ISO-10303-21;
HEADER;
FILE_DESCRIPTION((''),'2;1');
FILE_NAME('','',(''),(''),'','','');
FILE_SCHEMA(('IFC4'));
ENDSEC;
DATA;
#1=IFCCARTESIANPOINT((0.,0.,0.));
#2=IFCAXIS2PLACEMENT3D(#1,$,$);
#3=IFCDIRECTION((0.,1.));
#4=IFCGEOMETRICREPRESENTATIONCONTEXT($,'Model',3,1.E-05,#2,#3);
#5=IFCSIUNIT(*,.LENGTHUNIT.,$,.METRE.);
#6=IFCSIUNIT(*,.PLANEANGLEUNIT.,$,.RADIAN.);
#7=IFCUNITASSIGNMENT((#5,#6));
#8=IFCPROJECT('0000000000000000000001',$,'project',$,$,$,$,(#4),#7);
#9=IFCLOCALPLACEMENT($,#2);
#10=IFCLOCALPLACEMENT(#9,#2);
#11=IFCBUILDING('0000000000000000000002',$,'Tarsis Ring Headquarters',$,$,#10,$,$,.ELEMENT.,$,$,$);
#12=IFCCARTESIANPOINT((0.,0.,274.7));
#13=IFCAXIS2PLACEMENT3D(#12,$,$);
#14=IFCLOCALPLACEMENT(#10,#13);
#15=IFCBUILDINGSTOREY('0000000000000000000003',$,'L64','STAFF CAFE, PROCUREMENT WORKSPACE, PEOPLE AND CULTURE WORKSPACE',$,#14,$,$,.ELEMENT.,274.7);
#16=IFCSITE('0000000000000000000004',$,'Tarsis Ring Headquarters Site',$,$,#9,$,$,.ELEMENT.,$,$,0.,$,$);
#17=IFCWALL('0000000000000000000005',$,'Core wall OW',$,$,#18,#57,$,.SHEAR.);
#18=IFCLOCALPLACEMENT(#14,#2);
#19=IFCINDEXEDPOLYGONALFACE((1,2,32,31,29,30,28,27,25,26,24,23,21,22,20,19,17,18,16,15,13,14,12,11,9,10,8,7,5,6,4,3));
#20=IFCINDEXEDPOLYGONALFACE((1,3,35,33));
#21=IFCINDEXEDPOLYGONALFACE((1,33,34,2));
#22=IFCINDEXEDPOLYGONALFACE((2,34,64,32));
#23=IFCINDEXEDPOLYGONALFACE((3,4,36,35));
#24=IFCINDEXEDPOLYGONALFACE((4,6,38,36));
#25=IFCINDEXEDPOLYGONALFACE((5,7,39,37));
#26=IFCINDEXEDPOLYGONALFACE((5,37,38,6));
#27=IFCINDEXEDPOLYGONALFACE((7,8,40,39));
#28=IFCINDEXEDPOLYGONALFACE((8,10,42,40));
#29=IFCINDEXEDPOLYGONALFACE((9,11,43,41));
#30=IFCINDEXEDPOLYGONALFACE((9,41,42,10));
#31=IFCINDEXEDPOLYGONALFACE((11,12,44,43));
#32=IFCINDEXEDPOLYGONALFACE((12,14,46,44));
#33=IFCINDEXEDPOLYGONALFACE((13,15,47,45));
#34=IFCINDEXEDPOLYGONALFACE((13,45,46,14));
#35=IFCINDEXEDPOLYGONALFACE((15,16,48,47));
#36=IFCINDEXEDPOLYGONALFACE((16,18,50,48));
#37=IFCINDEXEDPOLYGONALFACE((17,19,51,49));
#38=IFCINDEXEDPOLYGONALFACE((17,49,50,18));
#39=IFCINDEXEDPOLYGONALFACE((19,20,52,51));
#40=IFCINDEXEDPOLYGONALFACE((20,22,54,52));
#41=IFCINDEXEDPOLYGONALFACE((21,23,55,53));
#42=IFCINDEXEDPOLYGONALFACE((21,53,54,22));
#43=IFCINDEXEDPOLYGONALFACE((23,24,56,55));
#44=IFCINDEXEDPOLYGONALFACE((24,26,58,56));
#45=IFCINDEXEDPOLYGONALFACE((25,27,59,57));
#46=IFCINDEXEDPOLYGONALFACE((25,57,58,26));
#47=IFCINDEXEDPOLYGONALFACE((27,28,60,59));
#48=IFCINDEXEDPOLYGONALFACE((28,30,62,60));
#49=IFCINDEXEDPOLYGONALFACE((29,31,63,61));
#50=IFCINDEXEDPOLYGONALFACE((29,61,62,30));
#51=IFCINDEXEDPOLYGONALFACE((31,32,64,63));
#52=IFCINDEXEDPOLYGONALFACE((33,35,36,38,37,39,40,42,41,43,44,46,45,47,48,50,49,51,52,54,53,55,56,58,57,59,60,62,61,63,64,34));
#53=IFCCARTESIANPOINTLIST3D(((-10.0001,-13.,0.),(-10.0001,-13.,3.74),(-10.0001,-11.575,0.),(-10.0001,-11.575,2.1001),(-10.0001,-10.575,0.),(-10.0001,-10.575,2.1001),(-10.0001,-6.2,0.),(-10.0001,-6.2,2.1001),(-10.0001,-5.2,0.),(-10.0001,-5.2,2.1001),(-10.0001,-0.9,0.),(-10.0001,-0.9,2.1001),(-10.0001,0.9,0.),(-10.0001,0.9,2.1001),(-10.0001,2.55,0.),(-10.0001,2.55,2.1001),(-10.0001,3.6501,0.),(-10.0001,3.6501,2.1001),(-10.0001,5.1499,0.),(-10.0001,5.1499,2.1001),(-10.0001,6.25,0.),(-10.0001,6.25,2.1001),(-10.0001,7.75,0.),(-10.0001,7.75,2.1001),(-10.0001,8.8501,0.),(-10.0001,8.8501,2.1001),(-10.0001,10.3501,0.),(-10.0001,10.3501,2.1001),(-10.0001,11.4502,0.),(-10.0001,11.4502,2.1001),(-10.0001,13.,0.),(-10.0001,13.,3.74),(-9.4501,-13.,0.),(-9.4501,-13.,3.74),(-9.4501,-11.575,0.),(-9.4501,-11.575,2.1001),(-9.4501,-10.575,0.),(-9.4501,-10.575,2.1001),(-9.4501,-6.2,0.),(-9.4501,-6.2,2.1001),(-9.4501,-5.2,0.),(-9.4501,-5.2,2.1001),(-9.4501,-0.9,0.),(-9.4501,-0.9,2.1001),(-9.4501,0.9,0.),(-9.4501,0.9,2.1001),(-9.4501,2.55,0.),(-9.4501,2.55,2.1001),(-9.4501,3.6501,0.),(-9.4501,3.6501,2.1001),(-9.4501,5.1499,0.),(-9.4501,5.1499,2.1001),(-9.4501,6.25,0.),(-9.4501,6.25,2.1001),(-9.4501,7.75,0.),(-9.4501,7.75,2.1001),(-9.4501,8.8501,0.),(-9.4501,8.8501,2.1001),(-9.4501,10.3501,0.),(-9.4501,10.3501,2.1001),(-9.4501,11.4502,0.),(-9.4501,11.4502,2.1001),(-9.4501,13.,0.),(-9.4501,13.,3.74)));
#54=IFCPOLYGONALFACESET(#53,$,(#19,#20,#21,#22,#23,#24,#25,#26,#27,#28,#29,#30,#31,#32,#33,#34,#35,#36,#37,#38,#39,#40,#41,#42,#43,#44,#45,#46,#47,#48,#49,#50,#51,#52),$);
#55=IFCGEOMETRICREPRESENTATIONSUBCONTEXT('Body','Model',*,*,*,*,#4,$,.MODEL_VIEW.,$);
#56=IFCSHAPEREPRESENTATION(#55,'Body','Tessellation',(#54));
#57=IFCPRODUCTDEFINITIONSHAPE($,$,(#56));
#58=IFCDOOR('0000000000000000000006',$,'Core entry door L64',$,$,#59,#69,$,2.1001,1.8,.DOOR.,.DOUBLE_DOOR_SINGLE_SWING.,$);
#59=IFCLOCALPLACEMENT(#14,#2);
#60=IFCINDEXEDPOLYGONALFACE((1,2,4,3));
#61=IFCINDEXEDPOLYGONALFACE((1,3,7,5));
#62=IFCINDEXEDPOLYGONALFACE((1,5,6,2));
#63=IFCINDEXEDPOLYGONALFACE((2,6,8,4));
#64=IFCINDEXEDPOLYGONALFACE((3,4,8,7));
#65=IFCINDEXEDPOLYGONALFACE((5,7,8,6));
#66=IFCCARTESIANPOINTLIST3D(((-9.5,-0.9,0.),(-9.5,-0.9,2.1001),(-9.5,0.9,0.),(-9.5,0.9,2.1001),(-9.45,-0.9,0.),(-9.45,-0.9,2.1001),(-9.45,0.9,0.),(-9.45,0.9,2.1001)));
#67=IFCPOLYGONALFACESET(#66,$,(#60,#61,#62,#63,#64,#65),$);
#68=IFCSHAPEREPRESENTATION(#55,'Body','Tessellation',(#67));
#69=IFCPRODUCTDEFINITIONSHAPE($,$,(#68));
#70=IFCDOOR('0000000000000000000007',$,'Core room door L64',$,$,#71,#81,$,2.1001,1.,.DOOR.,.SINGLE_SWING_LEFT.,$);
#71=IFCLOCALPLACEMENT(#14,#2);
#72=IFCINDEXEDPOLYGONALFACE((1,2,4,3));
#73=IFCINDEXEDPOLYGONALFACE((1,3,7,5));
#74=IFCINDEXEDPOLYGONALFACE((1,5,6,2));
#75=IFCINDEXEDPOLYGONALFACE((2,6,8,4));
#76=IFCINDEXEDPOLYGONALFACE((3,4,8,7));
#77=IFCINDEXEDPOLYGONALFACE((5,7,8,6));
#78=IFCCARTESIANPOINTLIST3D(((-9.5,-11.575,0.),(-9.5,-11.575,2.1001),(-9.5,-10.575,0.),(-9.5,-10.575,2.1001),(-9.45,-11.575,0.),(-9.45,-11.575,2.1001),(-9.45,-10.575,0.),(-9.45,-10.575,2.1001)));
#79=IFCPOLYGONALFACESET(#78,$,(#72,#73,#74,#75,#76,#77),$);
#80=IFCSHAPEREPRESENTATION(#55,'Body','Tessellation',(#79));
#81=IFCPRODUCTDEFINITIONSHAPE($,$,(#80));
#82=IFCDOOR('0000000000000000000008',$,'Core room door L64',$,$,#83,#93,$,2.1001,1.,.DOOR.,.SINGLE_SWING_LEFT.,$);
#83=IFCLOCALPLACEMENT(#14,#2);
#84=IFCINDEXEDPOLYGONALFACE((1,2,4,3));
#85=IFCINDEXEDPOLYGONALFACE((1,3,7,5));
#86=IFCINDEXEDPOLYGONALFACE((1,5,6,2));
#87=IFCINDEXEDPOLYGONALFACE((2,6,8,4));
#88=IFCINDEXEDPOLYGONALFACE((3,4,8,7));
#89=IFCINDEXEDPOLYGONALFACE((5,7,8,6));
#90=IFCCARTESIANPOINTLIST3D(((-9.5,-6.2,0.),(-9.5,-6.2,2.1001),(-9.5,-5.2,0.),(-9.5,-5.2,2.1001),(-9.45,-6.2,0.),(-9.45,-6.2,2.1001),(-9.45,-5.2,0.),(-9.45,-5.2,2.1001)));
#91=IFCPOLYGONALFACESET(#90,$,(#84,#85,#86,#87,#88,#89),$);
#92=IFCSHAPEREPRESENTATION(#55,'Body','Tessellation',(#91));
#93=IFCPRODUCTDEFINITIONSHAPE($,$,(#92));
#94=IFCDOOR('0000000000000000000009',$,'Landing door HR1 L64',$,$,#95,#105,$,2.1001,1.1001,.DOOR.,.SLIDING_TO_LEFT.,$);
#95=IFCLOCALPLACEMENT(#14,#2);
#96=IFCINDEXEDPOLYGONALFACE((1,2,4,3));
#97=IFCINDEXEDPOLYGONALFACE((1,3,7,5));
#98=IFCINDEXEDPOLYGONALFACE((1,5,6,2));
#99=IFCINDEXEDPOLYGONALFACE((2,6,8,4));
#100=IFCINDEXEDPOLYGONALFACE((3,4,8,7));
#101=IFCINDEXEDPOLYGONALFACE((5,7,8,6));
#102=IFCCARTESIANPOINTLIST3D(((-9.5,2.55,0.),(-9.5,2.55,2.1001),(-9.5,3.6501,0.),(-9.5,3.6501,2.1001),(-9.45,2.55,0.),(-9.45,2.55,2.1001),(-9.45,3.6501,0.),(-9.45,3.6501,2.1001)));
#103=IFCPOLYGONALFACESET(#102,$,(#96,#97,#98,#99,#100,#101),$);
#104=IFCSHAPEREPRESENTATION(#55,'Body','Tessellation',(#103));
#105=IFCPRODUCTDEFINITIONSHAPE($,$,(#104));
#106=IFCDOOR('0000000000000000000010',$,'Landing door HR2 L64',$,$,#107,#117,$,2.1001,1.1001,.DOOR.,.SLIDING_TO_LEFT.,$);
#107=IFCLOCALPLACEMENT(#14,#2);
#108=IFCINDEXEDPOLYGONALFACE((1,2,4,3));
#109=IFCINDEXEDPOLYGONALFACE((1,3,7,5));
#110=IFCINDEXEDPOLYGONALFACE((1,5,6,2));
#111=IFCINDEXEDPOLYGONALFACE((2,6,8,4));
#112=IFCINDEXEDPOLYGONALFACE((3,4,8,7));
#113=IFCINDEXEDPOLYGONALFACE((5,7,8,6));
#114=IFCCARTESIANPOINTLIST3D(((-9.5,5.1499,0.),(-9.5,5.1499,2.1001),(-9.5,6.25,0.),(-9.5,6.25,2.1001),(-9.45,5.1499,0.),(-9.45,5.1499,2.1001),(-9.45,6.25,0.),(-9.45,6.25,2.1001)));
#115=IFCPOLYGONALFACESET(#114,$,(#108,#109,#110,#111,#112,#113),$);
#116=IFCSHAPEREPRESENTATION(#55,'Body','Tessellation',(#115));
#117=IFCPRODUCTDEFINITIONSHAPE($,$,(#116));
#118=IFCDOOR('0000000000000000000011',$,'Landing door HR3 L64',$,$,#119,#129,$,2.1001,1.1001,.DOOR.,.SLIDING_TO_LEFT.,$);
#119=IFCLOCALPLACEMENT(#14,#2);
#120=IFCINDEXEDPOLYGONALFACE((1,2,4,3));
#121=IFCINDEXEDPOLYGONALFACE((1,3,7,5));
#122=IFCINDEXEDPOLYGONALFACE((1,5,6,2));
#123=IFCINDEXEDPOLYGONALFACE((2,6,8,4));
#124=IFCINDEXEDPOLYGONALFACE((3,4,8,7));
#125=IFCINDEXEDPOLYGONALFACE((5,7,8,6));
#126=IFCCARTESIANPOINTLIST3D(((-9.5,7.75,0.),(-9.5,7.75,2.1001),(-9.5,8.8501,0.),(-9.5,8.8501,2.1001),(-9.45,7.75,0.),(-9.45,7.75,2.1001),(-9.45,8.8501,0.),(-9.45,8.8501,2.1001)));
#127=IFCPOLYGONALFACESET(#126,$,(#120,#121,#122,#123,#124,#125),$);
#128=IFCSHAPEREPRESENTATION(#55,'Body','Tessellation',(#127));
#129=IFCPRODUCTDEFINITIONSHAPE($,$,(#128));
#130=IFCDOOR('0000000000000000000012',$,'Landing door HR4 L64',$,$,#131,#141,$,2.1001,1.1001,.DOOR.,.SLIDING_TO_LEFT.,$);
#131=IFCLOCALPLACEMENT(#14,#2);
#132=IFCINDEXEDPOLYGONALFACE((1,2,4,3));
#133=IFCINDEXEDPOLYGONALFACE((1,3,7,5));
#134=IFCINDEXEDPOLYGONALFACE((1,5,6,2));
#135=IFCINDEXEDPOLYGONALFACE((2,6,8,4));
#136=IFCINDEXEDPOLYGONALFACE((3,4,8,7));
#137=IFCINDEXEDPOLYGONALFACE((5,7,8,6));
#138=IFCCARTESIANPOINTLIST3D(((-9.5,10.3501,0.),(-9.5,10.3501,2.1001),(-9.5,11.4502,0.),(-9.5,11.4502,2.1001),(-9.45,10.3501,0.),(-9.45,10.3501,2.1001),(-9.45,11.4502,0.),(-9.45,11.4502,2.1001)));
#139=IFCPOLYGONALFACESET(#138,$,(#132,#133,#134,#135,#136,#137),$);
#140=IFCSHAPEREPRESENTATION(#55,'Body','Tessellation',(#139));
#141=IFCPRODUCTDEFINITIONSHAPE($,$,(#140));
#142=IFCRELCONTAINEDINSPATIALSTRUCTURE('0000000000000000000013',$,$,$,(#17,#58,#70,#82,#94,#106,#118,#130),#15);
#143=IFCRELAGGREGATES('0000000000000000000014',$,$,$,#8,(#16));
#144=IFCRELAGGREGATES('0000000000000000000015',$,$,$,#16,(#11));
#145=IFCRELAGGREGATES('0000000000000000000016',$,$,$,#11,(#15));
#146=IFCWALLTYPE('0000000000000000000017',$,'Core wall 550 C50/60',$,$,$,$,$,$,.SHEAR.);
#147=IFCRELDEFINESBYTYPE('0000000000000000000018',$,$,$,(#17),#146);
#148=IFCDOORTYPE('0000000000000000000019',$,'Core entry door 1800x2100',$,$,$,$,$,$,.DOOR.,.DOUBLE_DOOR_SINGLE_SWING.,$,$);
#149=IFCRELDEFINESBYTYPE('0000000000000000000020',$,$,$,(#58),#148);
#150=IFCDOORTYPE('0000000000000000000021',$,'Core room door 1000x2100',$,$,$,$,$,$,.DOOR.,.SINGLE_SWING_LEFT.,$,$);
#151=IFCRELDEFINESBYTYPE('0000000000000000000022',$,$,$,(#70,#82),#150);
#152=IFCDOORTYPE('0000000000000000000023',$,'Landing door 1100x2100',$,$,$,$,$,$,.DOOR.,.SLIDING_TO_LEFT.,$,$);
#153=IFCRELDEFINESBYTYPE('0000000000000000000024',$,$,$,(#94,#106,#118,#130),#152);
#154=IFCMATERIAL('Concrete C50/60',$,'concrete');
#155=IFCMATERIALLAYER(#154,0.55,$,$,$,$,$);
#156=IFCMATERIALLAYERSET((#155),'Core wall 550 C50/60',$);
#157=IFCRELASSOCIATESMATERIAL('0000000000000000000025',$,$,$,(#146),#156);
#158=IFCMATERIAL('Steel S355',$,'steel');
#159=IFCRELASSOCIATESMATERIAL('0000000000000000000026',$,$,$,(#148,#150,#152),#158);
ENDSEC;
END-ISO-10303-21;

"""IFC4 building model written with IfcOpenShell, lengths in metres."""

from ifc_helpers import new_model, si_unit, direction, frame, frame_2d, origin, place, context, subcontext, project, spatial, rectangle, extrude, material, layer, layer_set, type_object, element, fill, save


model = new_model("IFC4")

# Units and contexts
model_context = context("Model", 3, precision=1e-05, world=origin(), true_north=direction((0.0, 1.0)))
body_context = subcontext(model_context, "Body", "Model", "MODEL_VIEW")
ifc_project = project(units=[si_unit("LENGTHUNIT", "METRE"), si_unit("PLANEANGLEUNIT", "RADIAN")], contexts=[model_context])

# Site, building, storey
site_placement = place(None, origin())
site = spatial("IfcSite", under=ifc_project, at=site_placement, Name="Tarsis Ring Headquarters Site", CompositionType="ELEMENT", RefElevation=0.0)
building_placement = place(site_placement, origin())
building = spatial("IfcBuilding", under=site, at=building_placement, Name="Tarsis Ring Headquarters", CompositionType="ELEMENT")
storey_placement = place(building_placement, frame((0.0, 0.0, 274.7)))
storey = spatial("IfcBuildingStorey", under=building, at=storey_placement, Name="L64", Description="STAFF CAFE, PROCUREMENT WORKSPACE, PEOPLE AND CULTURE WORKSPACE", CompositionType="ELEMENT", Elevation=274.7)

# Wall, openings, doors
ifc_material_1 = material(Name="Concrete C50/60", Category="concrete")
ifc_layer_1 = layer(ifc_material_1, 0.55)
ifc_layer_set_1 = layer_set([ifc_layer_1], Name="Core wall 550 C50/60")
wall_type_1 = type_object("IfcWallType", Name="Core wall 550 C50/60", PredefinedType="SHEAR", material=ifc_layer_set_1)
wall_1_placement = place(storey_placement, frame((-9.7251, -13.0, 0.0), z_axis=(0.0, 0.0, 1.0), x_axis=(0.0, 1.0, 0.0)))
wall_1 = element("IfcWall", 1, at=wall_1_placement, inside=storey, type_object=wall_type_1, Name="Core wall OW", PredefinedType="SHEAR", context=body_context, shape_type="SweptSolid", body=[
    extrude(rectangle(XDim=26.0, YDim=0.55, at=frame_2d((13.0, 0.0))), origin(), (0.0, 0.0, 1.0), 3.74),
])
opening_1_placement = place(wall_1_placement, frame((1.425, 0.0, 0.0)))
opening_1 = element("IfcOpeningElement", 2, at=opening_1_placement, cuts=wall_1, PredefinedType="OPENING", context=body_context, shape_type="SweptSolid", body=[
    extrude(rectangle(XDim=1.0, YDim=2.1001, at=frame_2d((0.5, 1.05))), frame((0.0, 0.2849, 0.0), z_axis=(0.0, -1.0, 0.0), x_axis=(1.0, 0.0, 0.0)), (0.0, 0.0, 1.0), 0.5701),
])
opening_2_placement = place(wall_1_placement, frame((6.8, 0.0, 0.0)))
opening_2 = element("IfcOpeningElement", 3, at=opening_2_placement, cuts=wall_1, PredefinedType="OPENING", context=body_context, shape_type="SweptSolid", body=[
    extrude(rectangle(XDim=1.0, YDim=2.1001, at=frame_2d((0.5, 1.05))), frame((0.0, 0.2849, 0.0), z_axis=(0.0, -1.0, 0.0), x_axis=(1.0, 0.0, 0.0)), (0.0, 0.0, 1.0), 0.5701),
])
opening_3_placement = place(wall_1_placement, frame((12.1001, 0.0, 0.0)))
opening_3 = element("IfcOpeningElement", 4, at=opening_3_placement, cuts=wall_1, PredefinedType="OPENING", context=body_context, shape_type="SweptSolid", body=[
    extrude(rectangle(XDim=1.8, YDim=2.1001, at=frame_2d((0.8999, 1.05))), frame((0.0, 0.2849, 0.0), z_axis=(0.0, -1.0, 0.0), x_axis=(1.0, 0.0, 0.0)), (0.0, 0.0, 1.0), 0.5701),
])
opening_4_placement = place(wall_1_placement, frame((15.55, 0.0, 0.0)))
opening_4 = element("IfcOpeningElement", 5, at=opening_4_placement, cuts=wall_1, PredefinedType="OPENING", context=body_context, shape_type="SweptSolid", body=[
    extrude(rectangle(XDim=1.1001, YDim=2.1001, at=frame_2d((0.55, 1.05))), frame((0.0, 0.2849, 0.0), z_axis=(0.0, -1.0, 0.0), x_axis=(1.0, 0.0, 0.0)), (0.0, 0.0, 1.0), 0.5701),
])
opening_5_placement = place(wall_1_placement, frame((18.1499, 0.0, 0.0)))
opening_5 = element("IfcOpeningElement", 6, at=opening_5_placement, cuts=wall_1, PredefinedType="OPENING", context=body_context, shape_type="SweptSolid", body=[
    extrude(rectangle(XDim=1.1001, YDim=2.1001, at=frame_2d((0.55, 1.05))), frame((0.0, 0.2849, 0.0), z_axis=(0.0, -1.0, 0.0), x_axis=(1.0, 0.0, 0.0)), (0.0, 0.0, 1.0), 0.5701),
])
opening_6_placement = place(wall_1_placement, frame((20.75, 0.0, 0.0)))
opening_6 = element("IfcOpeningElement", 7, at=opening_6_placement, cuts=wall_1, PredefinedType="OPENING", context=body_context, shape_type="SweptSolid", body=[
    extrude(rectangle(XDim=1.1001, YDim=2.1001, at=frame_2d((0.55, 1.05))), frame((0.0, 0.2849, 0.0), z_axis=(0.0, -1.0, 0.0), x_axis=(1.0, 0.0, 0.0)), (0.0, 0.0, 1.0), 0.5701),
])
opening_7_placement = place(wall_1_placement, frame((23.3501, 0.0, 0.0)))
opening_7 = element("IfcOpeningElement", 8, at=opening_7_placement, cuts=wall_1, PredefinedType="OPENING", context=body_context, shape_type="SweptSolid", body=[
    extrude(rectangle(XDim=1.1001, YDim=2.1001, at=frame_2d((0.55, 1.05))), frame((0.0, 0.2849, 0.0), z_axis=(0.0, -1.0, 0.0), x_axis=(1.0, 0.0, 0.0)), (0.0, 0.0, 1.0), 0.5701),
])
ifc_material_2 = material(Name="Steel S355", Category="steel")
door_type_1 = type_object("IfcDoorType", Name="Core entry door 1800x2100", OperationType="DOUBLE_DOOR_SINGLE_SWING", PredefinedType="DOOR", material=ifc_material_2)
door_1_placement = place(opening_3_placement, origin())
door_1 = element("IfcDoor", 9, at=door_1_placement, inside=storey, type_object=door_type_1, Name="Core entry door L64", OperationType="DOUBLE_DOOR_SINGLE_SWING", OverallHeight=2.1001, OverallWidth=1.8, PredefinedType="DOOR", context=body_context, shape_type="SweptSolid", body=[
    extrude(rectangle(XDim=1.8, YDim=2.1001, at=frame_2d((0.8999, 1.05))), frame((0.0, -0.2251, 0.0), z_axis=(0.0, -1.0, 0.0), x_axis=(1.0, 0.0, 0.0)), (0.0, 0.0, 1.0), 0.05),
])
fill(opening_3, door_1)
door_type_2 = type_object("IfcDoorType", Name="Core room door 1000x2100", OperationType="SINGLE_SWING_LEFT", PredefinedType="DOOR", material=ifc_material_2)
door_2_placement = place(opening_1_placement, origin())
door_2 = element("IfcDoor", 10, at=door_2_placement, inside=storey, type_object=door_type_2, Name="Core room door L64", OperationType="SINGLE_SWING_LEFT", OverallHeight=2.1001, OverallWidth=1.0, PredefinedType="DOOR", context=body_context, shape_type="SweptSolid", body=[
    extrude(rectangle(XDim=1.0, YDim=2.1001, at=frame_2d((0.5, 1.05))), frame((0.0, -0.2251, 0.0), z_axis=(0.0, -1.0, 0.0), x_axis=(1.0, 0.0, 0.0)), (0.0, 0.0, 1.0), 0.05),
])
fill(opening_1, door_2)
door_3_placement = place(opening_2_placement, origin())
door_3 = element("IfcDoor", 11, at=door_3_placement, inside=storey, type_object=door_type_2, Name="Core room door L64", OperationType="SINGLE_SWING_LEFT", OverallHeight=2.1001, OverallWidth=1.0, PredefinedType="DOOR", context=body_context, shape_type="SweptSolid", body=[
    extrude(rectangle(XDim=1.0, YDim=2.1001, at=frame_2d((0.5, 1.05))), frame((0.0, -0.2251, 0.0), z_axis=(0.0, -1.0, 0.0), x_axis=(1.0, 0.0, 0.0)), (0.0, 0.0, 1.0), 0.05),
])
fill(opening_2, door_3)
door_type_3 = type_object("IfcDoorType", Name="Landing door 1100x2100", OperationType="SLIDING_TO_LEFT", PredefinedType="DOOR", material=ifc_material_2)
door_4_placement = place(opening_4_placement, origin())
door_4 = element("IfcDoor", 12, at=door_4_placement, inside=storey, type_object=door_type_3, Name="Landing door HR1 L64", OperationType="SLIDING_TO_LEFT", OverallHeight=2.1001, OverallWidth=1.1001, PredefinedType="DOOR", context=body_context, shape_type="SweptSolid", body=[
    extrude(rectangle(XDim=1.1001, YDim=2.1001, at=frame_2d((0.55, 1.05))), frame((0.0, -0.2251, 0.0), z_axis=(0.0, -1.0, 0.0), x_axis=(1.0, 0.0, 0.0)), (0.0, 0.0, 1.0), 0.05),
])
fill(opening_4, door_4)
door_5_placement = place(opening_5_placement, origin())
door_5 = element("IfcDoor", 13, at=door_5_placement, inside=storey, type_object=door_type_3, Name="Landing door HR2 L64", OperationType="SLIDING_TO_LEFT", OverallHeight=2.1001, OverallWidth=1.1001, PredefinedType="DOOR", context=body_context, shape_type="SweptSolid", body=[
    extrude(rectangle(XDim=1.1001, YDim=2.1001, at=frame_2d((0.55, 1.05))), frame((0.0, -0.2251, 0.0), z_axis=(0.0, -1.0, 0.0), x_axis=(1.0, 0.0, 0.0)), (0.0, 0.0, 1.0), 0.05),
])
fill(opening_5, door_5)
door_6_placement = place(opening_6_placement, origin())
door_6 = element("IfcDoor", 14, at=door_6_placement, inside=storey, type_object=door_type_3, Name="Landing door HR3 L64", OperationType="SLIDING_TO_LEFT", OverallHeight=2.1001, OverallWidth=1.1001, PredefinedType="DOOR", context=body_context, shape_type="SweptSolid", body=[
    extrude(rectangle(XDim=1.1001, YDim=2.1001, at=frame_2d((0.55, 1.05))), frame((0.0, -0.2251, 0.0), z_axis=(0.0, -1.0, 0.0), x_axis=(1.0, 0.0, 0.0)), (0.0, 0.0, 1.0), 0.05),
])
fill(opening_6, door_6)
door_7_placement = place(opening_7_placement, origin())
door_7 = element("IfcDoor", 15, at=door_7_placement, inside=storey, type_object=door_type_3, Name="Landing door HR4 L64", OperationType="SLIDING_TO_LEFT", OverallHeight=2.1001, OverallWidth=1.1001, PredefinedType="DOOR", context=body_context, shape_type="SweptSolid", body=[
    extrude(rectangle(XDim=1.1001, YDim=2.1001, at=frame_2d((0.55, 1.05))), frame((0.0, -0.2251, 0.0), z_axis=(0.0, -1.0, 0.0), x_axis=(1.0, 0.0, 0.0)), (0.0, 0.0, 1.0), 0.05),
])
fill(opening_7, door_7)

save(model, "model.ifc")
